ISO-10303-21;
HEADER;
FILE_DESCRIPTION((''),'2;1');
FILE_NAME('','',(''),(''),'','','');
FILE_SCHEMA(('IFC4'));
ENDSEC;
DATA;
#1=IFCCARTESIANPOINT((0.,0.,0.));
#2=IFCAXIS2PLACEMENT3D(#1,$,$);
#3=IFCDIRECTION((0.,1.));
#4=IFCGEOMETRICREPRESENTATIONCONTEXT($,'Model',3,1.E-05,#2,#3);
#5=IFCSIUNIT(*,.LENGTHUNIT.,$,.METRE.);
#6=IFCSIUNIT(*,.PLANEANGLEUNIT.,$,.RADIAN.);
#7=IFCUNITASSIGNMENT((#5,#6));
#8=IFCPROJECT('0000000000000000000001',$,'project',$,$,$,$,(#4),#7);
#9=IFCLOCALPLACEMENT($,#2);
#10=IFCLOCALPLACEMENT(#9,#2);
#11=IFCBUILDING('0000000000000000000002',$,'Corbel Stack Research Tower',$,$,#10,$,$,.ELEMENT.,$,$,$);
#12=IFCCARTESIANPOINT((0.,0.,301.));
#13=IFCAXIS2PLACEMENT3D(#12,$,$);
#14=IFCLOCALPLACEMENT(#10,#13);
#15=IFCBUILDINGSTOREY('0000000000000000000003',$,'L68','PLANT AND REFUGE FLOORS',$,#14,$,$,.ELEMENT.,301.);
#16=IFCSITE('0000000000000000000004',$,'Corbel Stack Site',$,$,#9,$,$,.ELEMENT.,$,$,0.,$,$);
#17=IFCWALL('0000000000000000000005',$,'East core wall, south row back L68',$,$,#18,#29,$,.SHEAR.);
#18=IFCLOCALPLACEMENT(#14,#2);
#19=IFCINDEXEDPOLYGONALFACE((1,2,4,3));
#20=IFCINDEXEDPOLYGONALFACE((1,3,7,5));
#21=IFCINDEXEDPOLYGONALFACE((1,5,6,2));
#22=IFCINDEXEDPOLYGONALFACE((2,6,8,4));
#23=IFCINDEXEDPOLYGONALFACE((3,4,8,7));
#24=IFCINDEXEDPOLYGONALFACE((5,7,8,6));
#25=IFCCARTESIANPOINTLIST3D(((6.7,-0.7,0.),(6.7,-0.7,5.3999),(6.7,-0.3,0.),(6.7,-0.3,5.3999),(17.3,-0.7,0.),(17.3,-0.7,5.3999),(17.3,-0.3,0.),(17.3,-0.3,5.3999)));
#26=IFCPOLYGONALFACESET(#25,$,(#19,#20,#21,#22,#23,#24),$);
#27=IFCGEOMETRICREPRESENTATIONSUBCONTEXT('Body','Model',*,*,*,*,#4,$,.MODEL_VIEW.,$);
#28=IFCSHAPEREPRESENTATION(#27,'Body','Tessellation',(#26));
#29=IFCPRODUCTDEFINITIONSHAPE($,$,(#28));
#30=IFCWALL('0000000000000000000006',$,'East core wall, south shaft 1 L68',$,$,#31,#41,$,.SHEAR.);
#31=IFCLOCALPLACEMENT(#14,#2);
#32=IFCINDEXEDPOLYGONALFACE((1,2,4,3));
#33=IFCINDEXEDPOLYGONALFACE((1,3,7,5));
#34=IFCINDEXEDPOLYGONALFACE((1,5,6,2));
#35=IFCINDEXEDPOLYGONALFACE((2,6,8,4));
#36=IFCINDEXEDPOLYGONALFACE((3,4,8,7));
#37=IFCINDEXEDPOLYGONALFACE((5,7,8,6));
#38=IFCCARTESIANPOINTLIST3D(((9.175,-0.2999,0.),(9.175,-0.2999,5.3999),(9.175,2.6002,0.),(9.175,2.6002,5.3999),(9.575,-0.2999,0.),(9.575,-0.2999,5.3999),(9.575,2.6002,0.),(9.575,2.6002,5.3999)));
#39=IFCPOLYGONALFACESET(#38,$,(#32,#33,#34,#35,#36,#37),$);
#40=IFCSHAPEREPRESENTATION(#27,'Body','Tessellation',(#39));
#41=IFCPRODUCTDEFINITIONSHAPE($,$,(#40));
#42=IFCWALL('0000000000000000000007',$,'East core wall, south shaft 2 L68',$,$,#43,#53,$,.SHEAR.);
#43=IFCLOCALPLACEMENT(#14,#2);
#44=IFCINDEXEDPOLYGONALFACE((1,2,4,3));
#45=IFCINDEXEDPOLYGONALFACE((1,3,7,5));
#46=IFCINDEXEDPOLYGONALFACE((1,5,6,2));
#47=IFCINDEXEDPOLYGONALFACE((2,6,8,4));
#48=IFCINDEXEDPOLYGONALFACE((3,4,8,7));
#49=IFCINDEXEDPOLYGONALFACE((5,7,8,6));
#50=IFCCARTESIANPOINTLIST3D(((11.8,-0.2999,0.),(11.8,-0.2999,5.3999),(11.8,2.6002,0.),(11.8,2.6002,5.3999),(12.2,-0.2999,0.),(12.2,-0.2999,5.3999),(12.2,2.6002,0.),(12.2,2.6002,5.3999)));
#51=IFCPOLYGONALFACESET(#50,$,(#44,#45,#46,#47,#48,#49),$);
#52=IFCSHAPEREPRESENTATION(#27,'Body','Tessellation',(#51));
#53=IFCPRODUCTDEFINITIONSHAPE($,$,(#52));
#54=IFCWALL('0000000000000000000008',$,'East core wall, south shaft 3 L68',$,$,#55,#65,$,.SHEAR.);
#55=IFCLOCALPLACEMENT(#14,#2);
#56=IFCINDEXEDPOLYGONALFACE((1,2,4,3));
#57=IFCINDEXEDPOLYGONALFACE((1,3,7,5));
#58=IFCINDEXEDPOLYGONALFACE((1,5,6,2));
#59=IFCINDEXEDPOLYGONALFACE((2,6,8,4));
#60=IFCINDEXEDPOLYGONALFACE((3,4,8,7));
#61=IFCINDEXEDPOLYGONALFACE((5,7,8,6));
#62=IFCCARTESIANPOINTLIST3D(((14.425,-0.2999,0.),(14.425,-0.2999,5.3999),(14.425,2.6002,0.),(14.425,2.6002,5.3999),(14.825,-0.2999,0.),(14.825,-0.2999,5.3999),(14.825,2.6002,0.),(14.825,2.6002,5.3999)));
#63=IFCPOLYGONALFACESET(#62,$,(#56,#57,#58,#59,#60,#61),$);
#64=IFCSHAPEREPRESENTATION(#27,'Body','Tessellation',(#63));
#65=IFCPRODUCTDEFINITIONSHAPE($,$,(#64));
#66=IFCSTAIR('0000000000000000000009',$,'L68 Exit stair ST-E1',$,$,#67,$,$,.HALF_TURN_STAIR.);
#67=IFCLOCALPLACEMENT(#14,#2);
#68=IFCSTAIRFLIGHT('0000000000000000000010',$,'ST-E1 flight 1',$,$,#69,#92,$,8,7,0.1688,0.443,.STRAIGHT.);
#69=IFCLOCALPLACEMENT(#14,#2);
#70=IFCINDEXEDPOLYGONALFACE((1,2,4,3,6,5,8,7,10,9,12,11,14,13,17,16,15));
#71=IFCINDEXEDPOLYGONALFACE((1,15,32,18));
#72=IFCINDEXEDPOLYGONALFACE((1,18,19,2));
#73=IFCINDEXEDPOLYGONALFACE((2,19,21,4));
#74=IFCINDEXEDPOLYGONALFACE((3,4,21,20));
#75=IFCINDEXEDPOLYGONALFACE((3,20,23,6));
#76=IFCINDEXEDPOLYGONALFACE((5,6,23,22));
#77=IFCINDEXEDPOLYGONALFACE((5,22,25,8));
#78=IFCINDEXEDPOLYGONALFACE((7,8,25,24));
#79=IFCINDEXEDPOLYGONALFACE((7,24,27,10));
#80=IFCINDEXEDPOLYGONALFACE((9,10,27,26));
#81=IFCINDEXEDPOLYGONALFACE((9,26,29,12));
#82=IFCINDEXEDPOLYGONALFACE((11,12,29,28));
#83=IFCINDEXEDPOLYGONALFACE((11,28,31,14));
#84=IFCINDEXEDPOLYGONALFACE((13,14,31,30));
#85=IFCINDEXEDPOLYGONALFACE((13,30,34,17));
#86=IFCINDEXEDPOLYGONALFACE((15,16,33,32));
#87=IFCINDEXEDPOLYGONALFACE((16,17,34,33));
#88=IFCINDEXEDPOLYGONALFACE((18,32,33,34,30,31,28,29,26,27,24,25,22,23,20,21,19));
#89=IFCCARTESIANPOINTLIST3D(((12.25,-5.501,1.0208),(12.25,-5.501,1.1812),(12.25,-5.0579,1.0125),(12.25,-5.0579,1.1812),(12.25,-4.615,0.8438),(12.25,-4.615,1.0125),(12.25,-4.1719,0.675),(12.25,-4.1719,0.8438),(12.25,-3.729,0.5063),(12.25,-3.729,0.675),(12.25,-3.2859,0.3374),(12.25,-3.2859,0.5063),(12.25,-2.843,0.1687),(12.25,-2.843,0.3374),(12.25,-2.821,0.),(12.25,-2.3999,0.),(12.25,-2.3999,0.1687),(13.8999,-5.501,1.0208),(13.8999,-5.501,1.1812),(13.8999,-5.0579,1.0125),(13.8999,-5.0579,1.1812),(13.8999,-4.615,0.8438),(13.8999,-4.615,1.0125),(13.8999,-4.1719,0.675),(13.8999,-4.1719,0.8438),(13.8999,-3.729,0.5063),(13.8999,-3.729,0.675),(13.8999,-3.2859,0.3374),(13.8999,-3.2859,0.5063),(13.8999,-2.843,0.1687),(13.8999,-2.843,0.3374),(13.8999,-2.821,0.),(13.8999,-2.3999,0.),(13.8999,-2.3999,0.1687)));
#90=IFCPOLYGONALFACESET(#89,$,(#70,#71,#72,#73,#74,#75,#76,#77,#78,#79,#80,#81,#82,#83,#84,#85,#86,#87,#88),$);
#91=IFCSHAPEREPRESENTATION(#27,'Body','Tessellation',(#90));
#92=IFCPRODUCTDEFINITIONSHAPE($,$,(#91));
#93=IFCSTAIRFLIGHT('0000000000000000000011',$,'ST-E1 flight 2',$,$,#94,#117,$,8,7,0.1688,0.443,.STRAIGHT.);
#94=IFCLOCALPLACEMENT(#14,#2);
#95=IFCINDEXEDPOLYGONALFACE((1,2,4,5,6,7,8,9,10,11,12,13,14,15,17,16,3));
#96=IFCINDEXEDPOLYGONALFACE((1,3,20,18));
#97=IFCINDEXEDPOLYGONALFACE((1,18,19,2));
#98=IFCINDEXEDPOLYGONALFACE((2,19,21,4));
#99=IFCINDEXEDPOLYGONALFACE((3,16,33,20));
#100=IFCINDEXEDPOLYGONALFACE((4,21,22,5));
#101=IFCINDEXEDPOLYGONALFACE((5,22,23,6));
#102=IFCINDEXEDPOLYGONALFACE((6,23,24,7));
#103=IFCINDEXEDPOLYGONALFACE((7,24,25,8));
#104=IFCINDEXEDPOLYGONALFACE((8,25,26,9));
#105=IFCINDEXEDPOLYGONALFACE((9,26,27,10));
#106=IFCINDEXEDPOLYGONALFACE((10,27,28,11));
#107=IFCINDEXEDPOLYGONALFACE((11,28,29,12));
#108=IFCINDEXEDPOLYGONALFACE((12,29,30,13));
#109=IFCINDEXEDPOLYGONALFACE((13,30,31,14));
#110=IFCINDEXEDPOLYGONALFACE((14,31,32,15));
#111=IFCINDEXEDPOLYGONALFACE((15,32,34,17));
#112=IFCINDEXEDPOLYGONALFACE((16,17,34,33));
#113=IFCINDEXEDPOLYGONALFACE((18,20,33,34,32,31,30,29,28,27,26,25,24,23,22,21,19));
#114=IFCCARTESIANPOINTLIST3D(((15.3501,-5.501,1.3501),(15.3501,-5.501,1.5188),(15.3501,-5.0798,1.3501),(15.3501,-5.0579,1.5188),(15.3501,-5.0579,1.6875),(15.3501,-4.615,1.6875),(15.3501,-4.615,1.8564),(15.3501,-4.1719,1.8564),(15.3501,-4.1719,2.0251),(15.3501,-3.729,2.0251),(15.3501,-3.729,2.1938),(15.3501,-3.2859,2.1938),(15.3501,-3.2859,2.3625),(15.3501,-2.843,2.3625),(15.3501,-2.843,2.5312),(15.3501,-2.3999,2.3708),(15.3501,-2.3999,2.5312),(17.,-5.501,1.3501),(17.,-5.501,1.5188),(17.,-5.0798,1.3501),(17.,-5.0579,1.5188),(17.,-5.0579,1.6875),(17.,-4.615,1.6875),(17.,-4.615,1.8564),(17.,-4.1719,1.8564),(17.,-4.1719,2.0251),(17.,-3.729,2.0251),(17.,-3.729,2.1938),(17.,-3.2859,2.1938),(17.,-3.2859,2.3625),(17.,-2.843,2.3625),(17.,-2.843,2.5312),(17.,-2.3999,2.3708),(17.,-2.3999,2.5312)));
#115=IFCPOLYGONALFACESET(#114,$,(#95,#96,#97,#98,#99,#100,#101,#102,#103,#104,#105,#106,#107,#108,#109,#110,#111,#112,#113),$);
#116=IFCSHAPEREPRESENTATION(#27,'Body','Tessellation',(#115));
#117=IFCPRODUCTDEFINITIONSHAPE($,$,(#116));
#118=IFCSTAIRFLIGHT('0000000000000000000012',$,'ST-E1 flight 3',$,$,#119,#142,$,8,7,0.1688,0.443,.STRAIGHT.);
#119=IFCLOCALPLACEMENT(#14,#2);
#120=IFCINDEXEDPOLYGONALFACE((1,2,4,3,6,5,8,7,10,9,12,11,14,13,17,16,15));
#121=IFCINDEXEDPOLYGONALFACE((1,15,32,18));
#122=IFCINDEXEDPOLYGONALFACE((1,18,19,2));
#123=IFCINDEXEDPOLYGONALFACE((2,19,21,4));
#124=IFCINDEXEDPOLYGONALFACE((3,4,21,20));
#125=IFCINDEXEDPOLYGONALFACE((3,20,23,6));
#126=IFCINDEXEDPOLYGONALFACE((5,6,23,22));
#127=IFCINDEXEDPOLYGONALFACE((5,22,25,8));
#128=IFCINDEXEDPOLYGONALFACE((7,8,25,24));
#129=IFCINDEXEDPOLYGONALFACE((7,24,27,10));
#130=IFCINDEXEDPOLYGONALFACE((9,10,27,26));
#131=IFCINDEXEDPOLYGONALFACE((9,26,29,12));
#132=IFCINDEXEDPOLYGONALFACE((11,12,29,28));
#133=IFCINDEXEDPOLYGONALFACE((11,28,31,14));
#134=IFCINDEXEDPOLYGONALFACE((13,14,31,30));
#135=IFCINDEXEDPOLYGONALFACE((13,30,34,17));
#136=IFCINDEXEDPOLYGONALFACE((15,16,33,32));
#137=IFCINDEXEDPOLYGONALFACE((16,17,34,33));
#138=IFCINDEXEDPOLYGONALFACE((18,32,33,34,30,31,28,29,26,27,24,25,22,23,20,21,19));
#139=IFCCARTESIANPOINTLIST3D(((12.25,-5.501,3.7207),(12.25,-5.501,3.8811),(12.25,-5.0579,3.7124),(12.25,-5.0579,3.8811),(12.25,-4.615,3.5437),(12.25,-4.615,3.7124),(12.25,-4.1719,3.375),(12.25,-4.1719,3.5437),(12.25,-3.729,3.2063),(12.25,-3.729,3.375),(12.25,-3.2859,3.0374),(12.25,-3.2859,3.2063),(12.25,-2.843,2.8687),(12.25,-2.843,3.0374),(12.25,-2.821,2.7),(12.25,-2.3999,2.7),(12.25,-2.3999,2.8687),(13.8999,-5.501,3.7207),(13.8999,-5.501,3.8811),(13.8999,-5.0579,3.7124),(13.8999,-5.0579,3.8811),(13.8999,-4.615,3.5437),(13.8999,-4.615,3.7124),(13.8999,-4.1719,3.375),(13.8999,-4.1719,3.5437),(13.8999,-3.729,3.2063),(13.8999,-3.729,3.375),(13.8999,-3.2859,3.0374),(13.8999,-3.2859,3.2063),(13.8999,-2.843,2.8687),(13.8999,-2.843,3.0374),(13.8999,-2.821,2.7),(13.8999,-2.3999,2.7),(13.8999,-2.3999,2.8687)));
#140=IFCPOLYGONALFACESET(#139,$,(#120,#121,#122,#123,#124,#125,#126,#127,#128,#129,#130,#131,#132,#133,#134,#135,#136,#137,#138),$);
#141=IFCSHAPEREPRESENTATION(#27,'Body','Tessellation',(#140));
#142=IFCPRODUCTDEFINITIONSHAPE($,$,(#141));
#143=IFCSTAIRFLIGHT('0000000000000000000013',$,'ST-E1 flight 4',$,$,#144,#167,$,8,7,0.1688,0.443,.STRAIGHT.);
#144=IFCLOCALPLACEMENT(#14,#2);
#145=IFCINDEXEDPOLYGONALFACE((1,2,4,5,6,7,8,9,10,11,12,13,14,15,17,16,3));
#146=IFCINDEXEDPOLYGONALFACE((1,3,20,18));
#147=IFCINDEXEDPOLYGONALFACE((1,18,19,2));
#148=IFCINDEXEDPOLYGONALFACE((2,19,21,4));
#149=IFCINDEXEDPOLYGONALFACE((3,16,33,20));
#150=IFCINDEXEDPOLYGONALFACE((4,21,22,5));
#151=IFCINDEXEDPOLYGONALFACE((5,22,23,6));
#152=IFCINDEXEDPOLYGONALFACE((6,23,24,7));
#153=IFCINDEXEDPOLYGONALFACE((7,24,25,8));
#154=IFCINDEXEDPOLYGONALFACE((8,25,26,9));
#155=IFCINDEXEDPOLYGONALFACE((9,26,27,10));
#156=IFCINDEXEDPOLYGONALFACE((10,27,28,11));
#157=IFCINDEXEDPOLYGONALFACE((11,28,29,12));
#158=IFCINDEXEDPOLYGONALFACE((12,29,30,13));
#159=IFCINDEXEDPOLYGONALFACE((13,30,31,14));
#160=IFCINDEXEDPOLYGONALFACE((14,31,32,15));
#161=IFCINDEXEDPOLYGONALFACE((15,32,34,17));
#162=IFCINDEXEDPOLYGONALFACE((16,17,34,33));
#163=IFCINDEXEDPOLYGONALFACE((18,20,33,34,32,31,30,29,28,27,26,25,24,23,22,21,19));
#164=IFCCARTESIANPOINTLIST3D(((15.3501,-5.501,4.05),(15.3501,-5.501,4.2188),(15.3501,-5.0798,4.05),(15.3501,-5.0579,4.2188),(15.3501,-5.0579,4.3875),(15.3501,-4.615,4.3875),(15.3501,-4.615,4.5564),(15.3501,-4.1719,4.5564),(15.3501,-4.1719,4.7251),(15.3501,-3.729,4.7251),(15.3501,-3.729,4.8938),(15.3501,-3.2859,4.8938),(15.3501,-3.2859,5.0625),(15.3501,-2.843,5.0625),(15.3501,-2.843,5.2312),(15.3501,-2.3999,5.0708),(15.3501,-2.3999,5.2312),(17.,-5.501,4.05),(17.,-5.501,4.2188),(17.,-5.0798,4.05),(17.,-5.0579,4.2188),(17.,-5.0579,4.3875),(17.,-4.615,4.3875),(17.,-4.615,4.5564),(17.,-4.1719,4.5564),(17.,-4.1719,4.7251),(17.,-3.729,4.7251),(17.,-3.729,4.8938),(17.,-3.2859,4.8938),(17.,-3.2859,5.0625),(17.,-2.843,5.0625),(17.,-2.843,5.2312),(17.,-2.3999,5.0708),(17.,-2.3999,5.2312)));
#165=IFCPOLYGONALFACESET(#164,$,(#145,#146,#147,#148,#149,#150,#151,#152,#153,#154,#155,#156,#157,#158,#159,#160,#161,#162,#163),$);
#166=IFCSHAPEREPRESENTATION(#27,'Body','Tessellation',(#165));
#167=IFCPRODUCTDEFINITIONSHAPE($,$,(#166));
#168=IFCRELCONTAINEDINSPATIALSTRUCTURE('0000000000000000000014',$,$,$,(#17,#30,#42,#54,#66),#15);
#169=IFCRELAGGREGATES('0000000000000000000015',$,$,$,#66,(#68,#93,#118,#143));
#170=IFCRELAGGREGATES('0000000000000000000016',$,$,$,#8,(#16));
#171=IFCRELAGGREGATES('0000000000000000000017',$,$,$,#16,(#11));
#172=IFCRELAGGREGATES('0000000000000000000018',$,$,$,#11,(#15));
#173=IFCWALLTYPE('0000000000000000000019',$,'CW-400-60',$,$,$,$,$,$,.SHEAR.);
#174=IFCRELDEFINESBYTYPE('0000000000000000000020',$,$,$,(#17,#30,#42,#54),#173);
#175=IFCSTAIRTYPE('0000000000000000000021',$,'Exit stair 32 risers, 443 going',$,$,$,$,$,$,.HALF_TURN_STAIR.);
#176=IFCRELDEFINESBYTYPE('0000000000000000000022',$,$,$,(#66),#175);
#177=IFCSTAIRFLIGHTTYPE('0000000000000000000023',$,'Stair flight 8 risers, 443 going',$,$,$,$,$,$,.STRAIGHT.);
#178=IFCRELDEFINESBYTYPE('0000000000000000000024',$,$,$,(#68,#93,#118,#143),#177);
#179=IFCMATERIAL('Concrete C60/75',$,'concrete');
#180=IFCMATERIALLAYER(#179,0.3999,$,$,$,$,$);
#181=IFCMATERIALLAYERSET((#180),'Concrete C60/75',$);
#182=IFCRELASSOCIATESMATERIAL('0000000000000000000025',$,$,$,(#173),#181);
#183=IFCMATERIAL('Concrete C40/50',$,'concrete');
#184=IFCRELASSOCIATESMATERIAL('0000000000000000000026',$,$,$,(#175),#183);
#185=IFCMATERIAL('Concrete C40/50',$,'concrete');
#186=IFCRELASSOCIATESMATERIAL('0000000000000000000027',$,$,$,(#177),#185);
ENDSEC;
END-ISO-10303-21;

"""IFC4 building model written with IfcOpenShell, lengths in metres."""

from ifc_helpers import new_model, si_unit, direction, frame, frame_2d, origin, place, context, subcontext, project, spatial, polyline, rectangle, outline, extrude, material, layer, layer_set, type_object, element, aggregate, save


model = new_model("IFC4")

# Units and contexts
model_context = context("Model", 3, precision=1e-05, world=origin(), true_north=direction((0.0, 1.0)))
body_context = subcontext(model_context, "Body", "Model", "MODEL_VIEW")
ifc_project = project(units=[si_unit("LENGTHUNIT", "METRE"), si_unit("PLANEANGLEUNIT", "RADIAN")], contexts=[model_context])

# Site, building, storey
site_placement = place(None, origin())
site = spatial("IfcSite", under=ifc_project, at=site_placement, Name="Corbel Stack Site", CompositionType="ELEMENT", RefElevation=0.0)
building_placement = place(site_placement, origin())
building = spatial("IfcBuilding", under=site, at=building_placement, Name="Corbel Stack Research Tower", CompositionType="ELEMENT")
storey_placement = place(building_placement, frame((0.0, 0.0, 301.0)))
storey = spatial("IfcBuildingStorey", under=building, at=storey_placement, Name="L68", Description="PLANT AND REFUGE FLOORS", CompositionType="ELEMENT", Elevation=301.0)

# Walls
ifc_material_1 = material(Name="Concrete C60/75", Category="concrete")
ifc_layer = layer(ifc_material_1, 0.3999)
ifc_layer_set = layer_set([ifc_layer], Name="Concrete C60/75")
wall_type = type_object("IfcWallType", Name="CW-400-60", PredefinedType="SHEAR", material=ifc_layer_set)
wall_placement = place(storey_placement, frame((6.7, -0.5, 0.0), z_axis=(0.0, 0.0, 1.0), x_axis=(1.0, 0.0, 0.0)))
element("IfcWall", 1, at=wall_placement, inside=storey, type_object=wall_type, Name="East core wall, south row back L68", PredefinedType="SHEAR", context=body_context, shape_type="SweptSolid", body=[
    extrude(rectangle(XDim=10.6001, YDim=0.3999, at=frame_2d((5.3, 0.0))), origin(), (0.0, 0.0, 1.0), 5.3999),
])
for number, where, z_axis, x_axis, name in (
    (2, (9.375, -0.3, 0.0), (0.0, 0.0, 1.0), (0.0, 1.0, 0.0), "East core wall, south shaft 1 L68"),
    (3, (12.0, -0.3, 0.0), (0.0, 0.0, 1.0), (0.0, 1.0, 0.0), "East core wall, south shaft 2 L68"),
    (4, (14.625, -0.3, 0.0), (0.0, 0.0, 1.0), (0.0, 1.0, 0.0), "East core wall, south shaft 3 L68"),
):
    element("IfcWall", number, at=place(storey_placement, frame(where, z_axis=z_axis, x_axis=x_axis)), inside=storey, type_object=wall_type, Name=name, PredefinedType="SHEAR", context=body_context, shape_type="SweptSolid", body=[
        extrude(rectangle(XDim=2.9001, YDim=0.3999, at=frame_2d((1.4502, 0.0))), origin(), (0.0, 0.0, 1.0), 5.3999),
    ])

# Stair, stair flights
ifc_material_2 = material(Name="Concrete C40/50", Category="concrete")
stair_type = type_object("IfcStairType", Name="Exit stair 32 risers, 443 going", PredefinedType="HALF_TURN_STAIR", material=ifc_material_2)
stair_placement = place(storey_placement, origin())
stair = element("IfcStair", 5, at=stair_placement, inside=storey, type_object=stair_type, Name="L68 Exit stair ST-E1", PredefinedType="HALF_TURN_STAIR")
ifc_material_3 = material(Name="Concrete C40/50", Category="concrete")
stair_flight_type = type_object("IfcStairFlightType", Name="Stair flight 8 risers, 443 going", PredefinedType="STRAIGHT", material=ifc_material_3)
stair_flight_1_placement = place(storey_placement, frame((13.075, -2.3999, 0.0), z_axis=(0.0, 0.0, 1.0), x_axis=(0.0, -1.0, 0.0)))
stair_flight_1 = element("IfcStairFlight", 6, at=stair_flight_1_placement, type_object=stair_flight_type, Name="ST-E1 flight 1", NumberOfRisers=8, NumberOfTreads=7, PredefinedType="STRAIGHT", RiserHeight=0.1688, TreadLength=0.443, context=body_context, shape_type="SweptSolid", body=[
    extrude(outline(polyline([(0.0, 0.0), (0.0, 0.1687), (0.4431, 0.1687), (0.4431, 0.3374), (0.886, 0.3374), (0.886, 0.5063), (1.3291, 0.5063), (1.3291, 0.675), (1.772, 0.675), (1.772, 0.8438), (2.2151, 0.8438), (2.2151, 1.0125), (2.658, 1.0125), (2.658, 1.1812), (3.1011, 1.1812), (3.1011, 1.3501), (3.1011, 1.0208), (0.4211, 0.0), (0.0, 0.0)])), frame((0.0, 0.825, 0.0), z_axis=(0.0, -1.0, 0.0), x_axis=(1.0, 0.0, 0.0)), (0.0, 0.0, 1.0), 1.6499),
])
stair_flight_2_placement = place(storey_placement, frame((16.175, -5.501, 1.3501), z_axis=(0.0, 0.0, 1.0), x_axis=(0.0, 1.0, 0.0)))
stair_flight_2 = element("IfcStairFlight", 7, at=stair_flight_2_placement, type_object=stair_flight_type, Name="ST-E1 flight 2", NumberOfRisers=8, NumberOfTreads=7, PredefinedType="STRAIGHT", RiserHeight=0.1688, TreadLength=0.443, context=body_context, shape_type="SweptSolid", body=[
    extrude(outline(polyline([(0.0, 0.0), (0.0, 0.1687), (0.4431, 0.1687), (0.4431, 0.3374), (0.886, 0.3374), (0.886, 0.5063), (1.3291, 0.5063), (1.3291, 0.675), (1.772, 0.675), (1.772, 0.8438), (2.2151, 0.8438), (2.2151, 1.0125), (2.658, 1.0125), (2.658, 1.1812), (3.1011, 1.1812), (3.1011, 1.3501), (3.1011, 1.0208), (0.4211, 0.0), (0.0, 0.0)])), frame((0.0, 0.825, 0.0), z_axis=(0.0, -1.0, 0.0), x_axis=(1.0, 0.0, 0.0)), (0.0, 0.0, 1.0), 1.6499),
])
stair_flight_3_placement = place(storey_placement, frame((13.075, -2.3999, 2.7), z_axis=(0.0, 0.0, 1.0), x_axis=(0.0, -1.0, 0.0)))
stair_flight_3 = element("IfcStairFlight", 8, at=stair_flight_3_placement, type_object=stair_flight_type, Name="ST-E1 flight 3", NumberOfRisers=8, NumberOfTreads=7, PredefinedType="STRAIGHT", RiserHeight=0.1688, TreadLength=0.443, context=body_context, shape_type="SweptSolid", body=[
    extrude(outline(polyline([(0.0, 0.0), (0.0, 0.1687), (0.4431, 0.1687), (0.4431, 0.3374), (0.886, 0.3374), (0.886, 0.5063), (1.3291, 0.5063), (1.3291, 0.675), (1.772, 0.675), (1.772, 0.8438), (2.2151, 0.8438), (2.2151, 1.0125), (2.658, 1.0125), (2.658, 1.1812), (3.1011, 1.1812), (3.1011, 1.3501), (3.1011, 1.0208), (0.4211, 0.0), (0.0, 0.0)])), frame((0.0, 0.825, 0.0), z_axis=(0.0, -1.0, 0.0), x_axis=(1.0, 0.0, 0.0)), (0.0, 0.0, 1.0), 1.6499),
])
stair_flight_4_placement = place(storey_placement, frame((16.175, -5.501, 4.05), z_axis=(0.0, 0.0, 1.0), x_axis=(0.0, 1.0, 0.0)))
stair_flight_4 = element("IfcStairFlight", 9, at=stair_flight_4_placement, type_object=stair_flight_type, Name="ST-E1 flight 4", NumberOfRisers=8, NumberOfTreads=7, PredefinedType="STRAIGHT", RiserHeight=0.1688, TreadLength=0.443, context=body_context, shape_type="SweptSolid", body=[
    extrude(outline(polyline([(0.0, 0.0), (0.0, 0.1687), (0.4431, 0.1687), (0.4431, 0.3374), (0.886, 0.3374), (0.886, 0.5063), (1.3291, 0.5063), (1.3291, 0.675), (1.772, 0.675), (1.772, 0.8438), (2.2151, 0.8438), (2.2151, 1.0125), (2.658, 1.0125), (2.658, 1.1812), (3.1011, 1.1812), (3.1011, 1.3501), (3.1011, 1.0208), (0.4211, 0.0), (0.0, 0.0)])), frame((0.0, 0.825, 0.0), z_axis=(0.0, -1.0, 0.0), x_axis=(1.0, 0.0, 0.0)), (0.0, 0.0, 1.0), 1.6499),
])
aggregate(stair, [stair_flight_1, stair_flight_2, stair_flight_3, stair_flight_4])

save(model, "model.ifc")
